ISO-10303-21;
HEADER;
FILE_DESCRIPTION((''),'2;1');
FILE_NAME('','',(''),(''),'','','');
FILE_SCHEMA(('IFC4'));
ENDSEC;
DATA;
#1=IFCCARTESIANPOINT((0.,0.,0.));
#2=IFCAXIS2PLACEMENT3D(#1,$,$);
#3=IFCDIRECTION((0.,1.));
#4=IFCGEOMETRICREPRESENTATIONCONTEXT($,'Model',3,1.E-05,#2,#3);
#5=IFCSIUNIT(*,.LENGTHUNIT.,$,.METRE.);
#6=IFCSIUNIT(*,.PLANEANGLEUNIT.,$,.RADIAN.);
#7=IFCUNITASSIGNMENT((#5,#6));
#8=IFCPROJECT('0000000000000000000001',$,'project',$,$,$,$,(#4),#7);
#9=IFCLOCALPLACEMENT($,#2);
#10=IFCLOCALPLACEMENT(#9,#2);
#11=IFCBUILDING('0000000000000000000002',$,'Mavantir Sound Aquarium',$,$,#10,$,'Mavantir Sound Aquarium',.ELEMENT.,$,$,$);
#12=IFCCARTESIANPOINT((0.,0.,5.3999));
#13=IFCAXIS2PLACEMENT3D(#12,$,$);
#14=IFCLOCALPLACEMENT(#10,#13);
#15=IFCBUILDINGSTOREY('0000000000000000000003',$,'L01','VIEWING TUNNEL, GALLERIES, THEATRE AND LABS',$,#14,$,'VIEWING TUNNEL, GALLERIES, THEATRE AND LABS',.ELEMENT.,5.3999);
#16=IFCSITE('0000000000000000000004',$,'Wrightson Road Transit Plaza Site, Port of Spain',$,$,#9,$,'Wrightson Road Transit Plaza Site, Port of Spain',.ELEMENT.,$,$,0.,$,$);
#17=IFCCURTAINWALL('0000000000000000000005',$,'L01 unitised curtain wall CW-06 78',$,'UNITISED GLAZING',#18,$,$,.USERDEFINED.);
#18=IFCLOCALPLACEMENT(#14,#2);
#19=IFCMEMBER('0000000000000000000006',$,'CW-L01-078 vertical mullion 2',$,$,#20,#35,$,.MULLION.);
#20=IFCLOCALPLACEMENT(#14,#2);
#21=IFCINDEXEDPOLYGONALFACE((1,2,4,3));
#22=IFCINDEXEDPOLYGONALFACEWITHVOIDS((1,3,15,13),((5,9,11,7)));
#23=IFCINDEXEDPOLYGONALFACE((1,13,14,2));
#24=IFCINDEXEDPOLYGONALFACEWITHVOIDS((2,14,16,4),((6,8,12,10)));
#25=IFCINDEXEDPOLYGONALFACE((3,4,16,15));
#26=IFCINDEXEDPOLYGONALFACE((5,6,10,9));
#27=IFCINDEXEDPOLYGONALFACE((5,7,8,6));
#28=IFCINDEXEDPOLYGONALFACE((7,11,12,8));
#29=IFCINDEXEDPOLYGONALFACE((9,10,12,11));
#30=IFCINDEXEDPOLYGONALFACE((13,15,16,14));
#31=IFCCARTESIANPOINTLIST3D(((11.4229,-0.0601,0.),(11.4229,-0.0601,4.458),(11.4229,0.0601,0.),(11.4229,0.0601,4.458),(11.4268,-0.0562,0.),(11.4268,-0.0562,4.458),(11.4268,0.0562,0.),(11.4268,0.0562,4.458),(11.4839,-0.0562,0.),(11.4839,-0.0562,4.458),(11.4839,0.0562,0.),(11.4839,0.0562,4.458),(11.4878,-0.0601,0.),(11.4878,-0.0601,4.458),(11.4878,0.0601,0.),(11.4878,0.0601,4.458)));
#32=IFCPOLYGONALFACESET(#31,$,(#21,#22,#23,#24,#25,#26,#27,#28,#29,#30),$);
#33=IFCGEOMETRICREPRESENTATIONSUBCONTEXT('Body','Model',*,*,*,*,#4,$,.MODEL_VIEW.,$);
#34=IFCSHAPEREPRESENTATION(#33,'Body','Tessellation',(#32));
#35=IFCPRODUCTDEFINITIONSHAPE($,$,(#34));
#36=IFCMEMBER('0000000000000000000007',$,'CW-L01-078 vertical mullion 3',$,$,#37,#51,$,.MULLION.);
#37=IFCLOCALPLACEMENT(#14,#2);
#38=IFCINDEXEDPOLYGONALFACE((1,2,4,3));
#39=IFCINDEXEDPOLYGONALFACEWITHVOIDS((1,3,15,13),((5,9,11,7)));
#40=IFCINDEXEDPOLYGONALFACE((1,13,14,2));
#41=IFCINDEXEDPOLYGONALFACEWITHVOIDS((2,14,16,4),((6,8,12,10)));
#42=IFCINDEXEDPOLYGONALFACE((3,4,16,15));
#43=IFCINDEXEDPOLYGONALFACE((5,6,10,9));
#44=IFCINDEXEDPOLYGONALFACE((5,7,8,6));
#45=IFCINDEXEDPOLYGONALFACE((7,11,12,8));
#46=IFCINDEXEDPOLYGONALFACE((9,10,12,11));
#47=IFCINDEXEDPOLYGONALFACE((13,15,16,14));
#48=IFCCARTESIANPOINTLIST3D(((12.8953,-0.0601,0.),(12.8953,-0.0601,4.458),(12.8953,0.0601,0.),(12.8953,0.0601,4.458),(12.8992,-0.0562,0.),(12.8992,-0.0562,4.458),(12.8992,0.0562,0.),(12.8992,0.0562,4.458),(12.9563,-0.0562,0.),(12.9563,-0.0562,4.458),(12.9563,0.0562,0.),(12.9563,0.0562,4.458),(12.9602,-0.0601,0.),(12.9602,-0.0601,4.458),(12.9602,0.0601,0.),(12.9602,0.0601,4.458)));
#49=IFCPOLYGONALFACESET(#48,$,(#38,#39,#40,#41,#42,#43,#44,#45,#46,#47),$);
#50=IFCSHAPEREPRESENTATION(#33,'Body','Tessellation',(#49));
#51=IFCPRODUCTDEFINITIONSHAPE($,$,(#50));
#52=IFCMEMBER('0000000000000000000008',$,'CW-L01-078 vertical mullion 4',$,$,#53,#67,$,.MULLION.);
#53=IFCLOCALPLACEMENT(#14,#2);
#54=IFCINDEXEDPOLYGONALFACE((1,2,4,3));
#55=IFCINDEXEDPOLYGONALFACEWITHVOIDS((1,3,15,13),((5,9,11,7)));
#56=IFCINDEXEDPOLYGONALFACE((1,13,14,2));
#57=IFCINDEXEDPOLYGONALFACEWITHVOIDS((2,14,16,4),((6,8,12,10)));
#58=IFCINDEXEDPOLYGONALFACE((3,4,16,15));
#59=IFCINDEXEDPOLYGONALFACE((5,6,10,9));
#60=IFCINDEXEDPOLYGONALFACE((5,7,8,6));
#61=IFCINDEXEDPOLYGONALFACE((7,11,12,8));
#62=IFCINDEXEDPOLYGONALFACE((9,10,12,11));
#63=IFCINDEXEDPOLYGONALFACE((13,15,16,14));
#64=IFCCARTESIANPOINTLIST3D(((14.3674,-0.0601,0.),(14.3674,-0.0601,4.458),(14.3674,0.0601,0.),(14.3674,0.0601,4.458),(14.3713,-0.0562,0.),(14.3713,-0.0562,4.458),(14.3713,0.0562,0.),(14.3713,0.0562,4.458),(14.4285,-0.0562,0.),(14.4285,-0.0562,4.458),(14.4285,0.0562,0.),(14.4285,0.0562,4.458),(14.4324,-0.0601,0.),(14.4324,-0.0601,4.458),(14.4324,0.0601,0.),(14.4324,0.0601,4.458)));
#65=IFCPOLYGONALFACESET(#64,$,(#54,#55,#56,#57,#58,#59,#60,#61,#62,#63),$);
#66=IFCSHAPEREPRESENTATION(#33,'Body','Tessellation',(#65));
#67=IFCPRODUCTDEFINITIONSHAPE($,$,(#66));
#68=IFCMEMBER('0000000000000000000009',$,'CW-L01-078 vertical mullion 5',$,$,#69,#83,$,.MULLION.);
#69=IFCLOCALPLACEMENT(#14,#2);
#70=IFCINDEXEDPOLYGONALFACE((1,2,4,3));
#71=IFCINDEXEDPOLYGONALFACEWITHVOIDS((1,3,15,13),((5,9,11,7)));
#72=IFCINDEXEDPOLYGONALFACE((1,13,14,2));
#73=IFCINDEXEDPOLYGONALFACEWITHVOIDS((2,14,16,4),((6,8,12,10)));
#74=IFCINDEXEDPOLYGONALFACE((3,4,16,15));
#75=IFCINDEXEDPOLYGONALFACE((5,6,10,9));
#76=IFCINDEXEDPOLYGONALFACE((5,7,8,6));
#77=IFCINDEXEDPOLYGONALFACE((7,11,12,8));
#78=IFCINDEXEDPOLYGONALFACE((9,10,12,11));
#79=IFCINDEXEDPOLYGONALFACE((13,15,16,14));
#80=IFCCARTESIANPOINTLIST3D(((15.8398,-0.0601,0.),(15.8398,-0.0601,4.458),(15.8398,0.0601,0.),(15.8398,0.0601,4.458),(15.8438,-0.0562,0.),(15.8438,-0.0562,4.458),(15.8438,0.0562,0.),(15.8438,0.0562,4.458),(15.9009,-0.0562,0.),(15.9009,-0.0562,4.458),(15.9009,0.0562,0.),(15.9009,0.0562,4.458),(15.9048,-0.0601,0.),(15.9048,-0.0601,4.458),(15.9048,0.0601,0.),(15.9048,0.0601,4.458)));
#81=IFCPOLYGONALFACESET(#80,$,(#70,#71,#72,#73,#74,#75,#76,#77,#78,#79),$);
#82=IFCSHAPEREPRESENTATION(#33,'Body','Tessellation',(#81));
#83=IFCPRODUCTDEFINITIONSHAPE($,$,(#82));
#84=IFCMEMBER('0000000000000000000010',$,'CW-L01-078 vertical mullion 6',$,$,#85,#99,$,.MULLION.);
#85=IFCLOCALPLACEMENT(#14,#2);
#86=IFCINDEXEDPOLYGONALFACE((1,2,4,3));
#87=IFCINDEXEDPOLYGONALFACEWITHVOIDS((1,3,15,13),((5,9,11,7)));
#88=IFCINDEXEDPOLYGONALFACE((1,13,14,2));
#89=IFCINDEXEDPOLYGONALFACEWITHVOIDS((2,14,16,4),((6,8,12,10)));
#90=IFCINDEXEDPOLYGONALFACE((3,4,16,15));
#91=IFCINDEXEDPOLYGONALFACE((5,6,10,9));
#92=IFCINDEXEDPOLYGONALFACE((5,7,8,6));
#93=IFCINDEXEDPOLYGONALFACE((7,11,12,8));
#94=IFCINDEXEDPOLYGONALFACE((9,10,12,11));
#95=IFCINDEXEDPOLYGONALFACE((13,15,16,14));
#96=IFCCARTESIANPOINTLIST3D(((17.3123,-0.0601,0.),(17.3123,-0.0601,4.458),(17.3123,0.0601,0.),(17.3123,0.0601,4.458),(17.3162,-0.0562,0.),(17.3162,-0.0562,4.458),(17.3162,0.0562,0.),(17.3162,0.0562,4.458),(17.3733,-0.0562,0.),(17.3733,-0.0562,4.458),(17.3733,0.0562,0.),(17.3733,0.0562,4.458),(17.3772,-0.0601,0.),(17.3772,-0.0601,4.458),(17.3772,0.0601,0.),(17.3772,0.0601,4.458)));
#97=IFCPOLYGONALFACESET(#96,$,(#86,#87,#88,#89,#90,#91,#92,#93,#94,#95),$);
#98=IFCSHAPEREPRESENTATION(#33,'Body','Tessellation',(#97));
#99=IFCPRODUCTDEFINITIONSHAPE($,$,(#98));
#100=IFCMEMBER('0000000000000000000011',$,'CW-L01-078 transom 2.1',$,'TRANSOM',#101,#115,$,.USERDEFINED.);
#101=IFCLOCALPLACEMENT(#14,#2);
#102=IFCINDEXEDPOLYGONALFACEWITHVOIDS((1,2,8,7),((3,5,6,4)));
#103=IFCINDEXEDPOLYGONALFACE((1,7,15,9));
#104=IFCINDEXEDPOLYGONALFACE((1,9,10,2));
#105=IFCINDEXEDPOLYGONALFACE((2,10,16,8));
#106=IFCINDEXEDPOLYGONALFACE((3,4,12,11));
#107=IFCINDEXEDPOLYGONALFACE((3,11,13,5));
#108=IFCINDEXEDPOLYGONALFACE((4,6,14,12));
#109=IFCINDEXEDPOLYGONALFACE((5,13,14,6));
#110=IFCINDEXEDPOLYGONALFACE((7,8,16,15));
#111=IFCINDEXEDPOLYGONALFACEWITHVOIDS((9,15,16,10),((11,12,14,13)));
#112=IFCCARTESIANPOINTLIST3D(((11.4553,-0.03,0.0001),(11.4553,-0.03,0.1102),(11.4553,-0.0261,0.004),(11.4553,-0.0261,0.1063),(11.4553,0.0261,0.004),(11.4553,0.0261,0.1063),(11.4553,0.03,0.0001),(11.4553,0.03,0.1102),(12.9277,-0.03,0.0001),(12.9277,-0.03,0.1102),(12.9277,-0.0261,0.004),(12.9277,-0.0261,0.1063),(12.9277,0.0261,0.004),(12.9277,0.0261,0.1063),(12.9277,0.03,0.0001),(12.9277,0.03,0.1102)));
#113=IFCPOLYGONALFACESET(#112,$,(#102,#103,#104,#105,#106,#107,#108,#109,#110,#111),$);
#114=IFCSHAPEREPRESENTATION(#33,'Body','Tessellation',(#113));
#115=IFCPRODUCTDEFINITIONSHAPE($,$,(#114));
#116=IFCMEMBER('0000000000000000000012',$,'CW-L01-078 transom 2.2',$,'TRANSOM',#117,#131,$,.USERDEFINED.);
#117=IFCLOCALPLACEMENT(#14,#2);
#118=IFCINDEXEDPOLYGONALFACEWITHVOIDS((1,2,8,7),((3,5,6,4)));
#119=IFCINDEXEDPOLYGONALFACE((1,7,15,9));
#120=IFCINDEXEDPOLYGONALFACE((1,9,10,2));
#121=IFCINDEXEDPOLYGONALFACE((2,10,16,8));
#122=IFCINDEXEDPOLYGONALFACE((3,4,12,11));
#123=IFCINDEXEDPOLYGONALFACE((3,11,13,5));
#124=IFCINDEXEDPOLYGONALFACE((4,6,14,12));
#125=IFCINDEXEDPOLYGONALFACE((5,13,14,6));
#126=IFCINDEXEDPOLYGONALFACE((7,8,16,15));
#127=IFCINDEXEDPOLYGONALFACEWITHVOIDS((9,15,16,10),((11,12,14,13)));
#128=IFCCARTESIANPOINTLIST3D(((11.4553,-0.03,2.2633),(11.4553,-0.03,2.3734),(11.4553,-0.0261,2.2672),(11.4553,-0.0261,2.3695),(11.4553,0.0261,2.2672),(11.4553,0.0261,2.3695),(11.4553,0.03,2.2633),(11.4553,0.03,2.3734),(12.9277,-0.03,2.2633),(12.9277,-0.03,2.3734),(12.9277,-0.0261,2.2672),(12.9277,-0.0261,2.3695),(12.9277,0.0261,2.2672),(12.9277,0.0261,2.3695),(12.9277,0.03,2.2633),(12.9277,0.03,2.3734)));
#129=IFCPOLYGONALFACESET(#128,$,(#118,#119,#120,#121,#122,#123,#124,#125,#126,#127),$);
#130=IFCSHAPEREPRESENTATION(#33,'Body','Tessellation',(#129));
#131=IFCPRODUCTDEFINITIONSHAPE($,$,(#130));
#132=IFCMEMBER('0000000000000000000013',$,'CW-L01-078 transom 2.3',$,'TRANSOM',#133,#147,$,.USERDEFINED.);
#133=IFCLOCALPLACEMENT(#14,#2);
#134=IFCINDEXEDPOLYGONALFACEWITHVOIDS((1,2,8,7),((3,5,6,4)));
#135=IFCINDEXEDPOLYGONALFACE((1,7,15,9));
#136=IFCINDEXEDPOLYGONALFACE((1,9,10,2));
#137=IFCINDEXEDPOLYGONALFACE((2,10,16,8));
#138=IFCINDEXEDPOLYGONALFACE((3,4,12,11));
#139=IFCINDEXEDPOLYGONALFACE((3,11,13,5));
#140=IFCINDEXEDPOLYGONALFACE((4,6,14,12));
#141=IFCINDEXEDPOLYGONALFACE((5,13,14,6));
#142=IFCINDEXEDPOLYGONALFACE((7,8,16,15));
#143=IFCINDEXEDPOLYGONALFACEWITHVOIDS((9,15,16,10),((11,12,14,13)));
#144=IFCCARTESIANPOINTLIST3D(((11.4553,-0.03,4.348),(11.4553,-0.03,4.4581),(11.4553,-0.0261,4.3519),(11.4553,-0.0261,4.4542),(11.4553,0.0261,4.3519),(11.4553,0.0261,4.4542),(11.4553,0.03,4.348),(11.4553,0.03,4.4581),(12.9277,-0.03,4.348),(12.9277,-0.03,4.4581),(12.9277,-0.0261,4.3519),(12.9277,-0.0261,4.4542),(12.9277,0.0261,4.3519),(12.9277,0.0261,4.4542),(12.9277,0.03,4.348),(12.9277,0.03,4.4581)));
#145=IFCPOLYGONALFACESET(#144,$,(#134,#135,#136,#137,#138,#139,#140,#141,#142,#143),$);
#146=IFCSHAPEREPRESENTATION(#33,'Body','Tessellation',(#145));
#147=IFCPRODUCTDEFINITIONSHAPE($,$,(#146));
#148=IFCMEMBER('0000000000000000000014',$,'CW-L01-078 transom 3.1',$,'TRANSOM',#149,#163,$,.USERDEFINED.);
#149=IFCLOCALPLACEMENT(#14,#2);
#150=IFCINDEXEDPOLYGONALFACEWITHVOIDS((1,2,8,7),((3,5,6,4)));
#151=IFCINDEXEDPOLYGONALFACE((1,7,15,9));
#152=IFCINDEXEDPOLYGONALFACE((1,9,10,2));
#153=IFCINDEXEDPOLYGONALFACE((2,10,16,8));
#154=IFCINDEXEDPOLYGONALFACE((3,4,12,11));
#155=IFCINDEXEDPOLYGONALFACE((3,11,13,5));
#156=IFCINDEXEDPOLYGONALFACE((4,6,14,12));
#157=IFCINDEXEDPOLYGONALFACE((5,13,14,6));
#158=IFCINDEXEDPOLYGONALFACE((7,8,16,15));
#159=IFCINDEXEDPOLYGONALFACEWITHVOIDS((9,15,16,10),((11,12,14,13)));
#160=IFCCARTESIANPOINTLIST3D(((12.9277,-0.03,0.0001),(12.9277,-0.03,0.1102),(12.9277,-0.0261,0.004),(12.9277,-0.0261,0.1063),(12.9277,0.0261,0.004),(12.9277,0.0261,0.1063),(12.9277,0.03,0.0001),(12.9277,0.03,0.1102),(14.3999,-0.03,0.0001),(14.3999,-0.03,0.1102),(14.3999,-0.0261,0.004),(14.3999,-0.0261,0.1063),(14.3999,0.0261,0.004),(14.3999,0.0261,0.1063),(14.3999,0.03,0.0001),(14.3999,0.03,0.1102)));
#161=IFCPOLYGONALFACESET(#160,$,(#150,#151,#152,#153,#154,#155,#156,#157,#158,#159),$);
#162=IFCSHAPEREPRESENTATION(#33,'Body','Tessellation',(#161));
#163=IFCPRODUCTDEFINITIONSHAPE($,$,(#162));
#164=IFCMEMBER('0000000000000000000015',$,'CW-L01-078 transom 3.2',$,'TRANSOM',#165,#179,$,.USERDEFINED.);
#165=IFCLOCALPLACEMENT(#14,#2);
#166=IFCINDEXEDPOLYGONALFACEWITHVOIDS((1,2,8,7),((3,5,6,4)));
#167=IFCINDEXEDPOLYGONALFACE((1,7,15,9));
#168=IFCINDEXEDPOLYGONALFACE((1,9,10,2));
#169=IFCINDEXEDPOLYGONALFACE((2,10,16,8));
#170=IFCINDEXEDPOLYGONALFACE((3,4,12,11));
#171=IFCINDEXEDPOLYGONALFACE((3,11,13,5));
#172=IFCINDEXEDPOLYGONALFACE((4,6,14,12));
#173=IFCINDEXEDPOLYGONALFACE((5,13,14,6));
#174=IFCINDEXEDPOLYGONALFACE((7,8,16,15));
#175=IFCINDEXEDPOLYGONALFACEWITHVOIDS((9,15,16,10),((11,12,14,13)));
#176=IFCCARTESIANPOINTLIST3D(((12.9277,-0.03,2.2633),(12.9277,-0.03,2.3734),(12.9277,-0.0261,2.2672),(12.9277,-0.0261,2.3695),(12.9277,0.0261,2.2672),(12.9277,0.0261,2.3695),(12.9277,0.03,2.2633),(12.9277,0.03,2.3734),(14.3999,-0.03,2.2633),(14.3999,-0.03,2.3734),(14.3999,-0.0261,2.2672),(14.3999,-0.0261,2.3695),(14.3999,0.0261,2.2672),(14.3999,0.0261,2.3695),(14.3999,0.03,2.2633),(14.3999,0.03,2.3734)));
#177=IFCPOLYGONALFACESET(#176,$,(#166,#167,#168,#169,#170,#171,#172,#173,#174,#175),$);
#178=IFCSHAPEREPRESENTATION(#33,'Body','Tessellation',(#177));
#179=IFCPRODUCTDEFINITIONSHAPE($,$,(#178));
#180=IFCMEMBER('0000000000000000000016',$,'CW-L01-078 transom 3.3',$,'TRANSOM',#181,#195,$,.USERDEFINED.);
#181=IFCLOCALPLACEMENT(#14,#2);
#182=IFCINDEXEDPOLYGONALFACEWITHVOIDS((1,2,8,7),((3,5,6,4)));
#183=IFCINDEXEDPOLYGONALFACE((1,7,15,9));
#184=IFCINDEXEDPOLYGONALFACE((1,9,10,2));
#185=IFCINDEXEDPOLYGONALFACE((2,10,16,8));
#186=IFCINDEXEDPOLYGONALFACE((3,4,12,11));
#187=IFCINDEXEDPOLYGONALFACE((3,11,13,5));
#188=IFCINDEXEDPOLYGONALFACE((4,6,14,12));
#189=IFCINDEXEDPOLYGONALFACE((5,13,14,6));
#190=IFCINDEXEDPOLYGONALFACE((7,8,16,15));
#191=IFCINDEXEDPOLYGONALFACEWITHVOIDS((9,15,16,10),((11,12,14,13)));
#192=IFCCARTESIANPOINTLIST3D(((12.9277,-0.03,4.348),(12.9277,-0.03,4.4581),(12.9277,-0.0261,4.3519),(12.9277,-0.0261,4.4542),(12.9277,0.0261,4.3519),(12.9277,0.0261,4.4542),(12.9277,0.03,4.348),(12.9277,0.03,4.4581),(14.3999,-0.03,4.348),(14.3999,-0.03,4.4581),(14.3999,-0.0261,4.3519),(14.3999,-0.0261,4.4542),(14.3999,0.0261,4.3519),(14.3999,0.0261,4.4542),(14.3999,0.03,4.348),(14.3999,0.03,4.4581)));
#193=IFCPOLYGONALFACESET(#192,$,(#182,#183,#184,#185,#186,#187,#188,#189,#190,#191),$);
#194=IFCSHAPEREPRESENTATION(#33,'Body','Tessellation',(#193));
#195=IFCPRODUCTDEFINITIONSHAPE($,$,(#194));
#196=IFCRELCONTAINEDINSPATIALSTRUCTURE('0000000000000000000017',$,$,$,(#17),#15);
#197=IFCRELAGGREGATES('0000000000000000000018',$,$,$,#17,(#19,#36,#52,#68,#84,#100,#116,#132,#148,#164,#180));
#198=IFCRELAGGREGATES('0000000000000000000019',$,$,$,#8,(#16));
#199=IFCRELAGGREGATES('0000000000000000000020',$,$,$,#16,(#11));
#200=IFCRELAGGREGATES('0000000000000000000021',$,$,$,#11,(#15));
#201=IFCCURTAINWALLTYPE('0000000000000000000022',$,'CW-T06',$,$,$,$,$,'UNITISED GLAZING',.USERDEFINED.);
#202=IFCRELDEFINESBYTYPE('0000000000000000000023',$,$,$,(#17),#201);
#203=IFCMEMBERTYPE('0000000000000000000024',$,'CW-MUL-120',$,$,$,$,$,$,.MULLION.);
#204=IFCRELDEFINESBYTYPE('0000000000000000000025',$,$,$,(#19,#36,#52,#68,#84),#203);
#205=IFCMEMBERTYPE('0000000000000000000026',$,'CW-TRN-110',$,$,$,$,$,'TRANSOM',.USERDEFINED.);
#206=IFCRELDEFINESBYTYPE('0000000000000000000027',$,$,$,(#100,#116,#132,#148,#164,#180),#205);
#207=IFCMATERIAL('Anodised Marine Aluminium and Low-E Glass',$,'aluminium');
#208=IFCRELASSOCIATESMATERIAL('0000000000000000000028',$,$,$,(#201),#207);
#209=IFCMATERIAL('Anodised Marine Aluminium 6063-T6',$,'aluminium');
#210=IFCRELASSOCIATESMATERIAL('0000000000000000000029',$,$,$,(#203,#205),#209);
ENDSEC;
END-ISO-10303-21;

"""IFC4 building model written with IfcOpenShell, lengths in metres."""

from ifc_helpers import new_model, si_unit, direction, frame, origin, origin_2d, place, context, subcontext, project, spatial, hollow_rectangle, extrude, material, material_profile, profile_set, type_object, element, aggregate, save


model = new_model("IFC4")

# Units and contexts
model_context = context("Model", 3, precision=1e-05, world=origin(), true_north=direction((0.0, 1.0)))
body_context = subcontext(model_context, "Body", "Model", "MODEL_VIEW")
ifc_project = project(units=[si_unit("LENGTHUNIT", "METRE"), si_unit("PLANEANGLEUNIT", "RADIAN")], contexts=[model_context])

# Site, building, storey
site_placement = place(None, origin())
site = spatial("IfcSite", under=ifc_project, at=site_placement, Name="Wrightson Road Transit Plaza Site, Port of Spain", LongName="Wrightson Road Transit Plaza Site, Port of Spain", CompositionType="ELEMENT", RefElevation=0.0)
building_placement = place(site_placement, origin())
building = spatial("IfcBuilding", under=site, at=building_placement, Name="Mavantir Sound Aquarium", LongName="Mavantir Sound Aquarium", CompositionType="ELEMENT")
storey_placement = place(building_placement, frame((0.0, 0.0, 5.3999)))
storey = spatial("IfcBuildingStorey", under=building, at=storey_placement, Name="L01", Description="VIEWING TUNNEL, GALLERIES, THEATRE AND LABS", LongName="VIEWING TUNNEL, GALLERIES, THEATRE AND LABS", CompositionType="ELEMENT", Elevation=5.3999)

# Curtain wall, members
ifc_material_1 = material(Name="Anodised Marine Aluminium and Low-E Glass", Category="aluminium")
curtain_wall_type = type_object("IfcCurtainWallType", Name="CW-T06", ElementType="UNITISED GLAZING", PredefinedType="USERDEFINED", material=ifc_material_1)
curtain_wall_placement = place(storey_placement, origin())
curtain_wall = element("IfcCurtainWall", 1, at=curtain_wall_placement, inside=storey, type_object=curtain_wall_type, Name="L01 unitised curtain wall CW-06 78", ObjectType="UNITISED GLAZING", PredefinedType="USERDEFINED")
ifc_material_2 = material(Name="Anodised Marine Aluminium 6063-T6", Category="aluminium")
ifc_material_profile_1 = material_profile(ifc_material_2, hollow_rectangle(XDim=0.0649, YDim=0.1201, WallThickness=0.0039, at=origin_2d()), Name="ALU-MULLION-120X65")
ifc_profile_set_1 = profile_set([ifc_material_profile_1], Name="Anodised Marine Aluminium 6063-T6")
member_type_1 = type_object("IfcMemberType", Name="CW-MUL-120", PredefinedType="MULLION", material=ifc_profile_set_1)
member_1_placement = place(storey_placement, frame((11.4553, 0.0, 0.0), z_axis=(0.0, 0.0, 1.0), x_axis=(1.0, 0.0, 0.0)))
member_1 = element("IfcMember", 2, at=member_1_placement, type_object=member_type_1, Name="CW-L01-078 vertical mullion 2", PredefinedType="MULLION", context=body_context, shape_type="SweptSolid", body=[
    extrude(hollow_rectangle(XDim=0.0649, YDim=0.1201, WallThickness=0.0039, at=origin_2d()), origin(), (0.0, 0.0, 1.0), 4.458),
])
member_2_placement = place(storey_placement, frame((12.9277, 0.0, 0.0), z_axis=(0.0, 0.0, 1.0), x_axis=(1.0, 0.0, 0.0)))
member_2 = element("IfcMember", 3, at=member_2_placement, type_object=member_type_1, Name="CW-L01-078 vertical mullion 3", PredefinedType="MULLION", context=body_context, shape_type="SweptSolid", body=[
    extrude(hollow_rectangle(XDim=0.0649, YDim=0.1201, WallThickness=0.0039, at=origin_2d()), origin(), (0.0, 0.0, 1.0), 4.458),
])
member_3_placement = place(storey_placement, frame((14.3999, 0.0, 0.0), z_axis=(0.0, 0.0, 1.0), x_axis=(1.0, 0.0, 0.0)))
member_3 = element("IfcMember", 4, at=member_3_placement, type_object=member_type_1, Name="CW-L01-078 vertical mullion 4", PredefinedType="MULLION", context=body_context, shape_type="SweptSolid", body=[
    extrude(hollow_rectangle(XDim=0.0649, YDim=0.1201, WallThickness=0.0039, at=origin_2d()), origin(), (0.0, 0.0, 1.0), 4.458),
])
member_4_placement = place(storey_placement, frame((15.8723, 0.0, 0.0), z_axis=(0.0, 0.0, 1.0), x_axis=(1.0, 0.0, 0.0)))
member_4 = element("IfcMember", 5, at=member_4_placement, type_object=member_type_1, Name="CW-L01-078 vertical mullion 5", PredefinedType="MULLION", context=body_context, shape_type="SweptSolid", body=[
    extrude(hollow_rectangle(XDim=0.0649, YDim=0.1201, WallThickness=0.0039, at=origin_2d()), origin(), (0.0, 0.0, 1.0), 4.458),
])
member_5_placement = place(storey_placement, frame((17.3447, 0.0, 0.0), z_axis=(0.0, 0.0, 1.0), x_axis=(1.0, 0.0, 0.0)))
member_5 = element("IfcMember", 6, at=member_5_placement, type_object=member_type_1, Name="CW-L01-078 vertical mullion 6", PredefinedType="MULLION", context=body_context, shape_type="SweptSolid", body=[
    extrude(hollow_rectangle(XDim=0.0649, YDim=0.1201, WallThickness=0.0039, at=origin_2d()), origin(), (0.0, 0.0, 1.0), 4.458),
])
ifc_material_profile_2 = material_profile(ifc_material_2, hollow_rectangle(XDim=0.0601, YDim=0.1101, WallThickness=0.0039, at=origin_2d()), Name="ALU-TRANSOM-110X60")
ifc_profile_set_2 = profile_set([ifc_material_profile_2], Name="Anodised Marine Aluminium 6063-T6")
member_type_2 = type_object("IfcMemberType", Name="CW-TRN-110", ElementType="TRANSOM", PredefinedType="USERDEFINED", material=ifc_profile_set_2)
member_6_placement = place(storey_placement, frame((11.4553, 0.0, 0.0552), z_axis=(1.0, 0.0, 0.0), x_axis=(0.0, 1.0, 0.0)))
member_6 = element("IfcMember", 7, at=member_6_placement, type_object=member_type_2, Name="CW-L01-078 transom 2.1", ObjectType="TRANSOM", PredefinedType="USERDEFINED", context=body_context, shape_type="SweptSolid", body=[
    extrude(hollow_rectangle(XDim=0.0601, YDim=0.1101, WallThickness=0.0039, at=origin_2d()), origin(), (0.0, 0.0, 1.0), 1.4724),
])
member_7_placement = place(storey_placement, frame((11.4553, 0.0, 2.3184), z_axis=(1.0, 0.0, 0.0), x_axis=(0.0, 1.0, 0.0)))
member_7 = element("IfcMember", 8, at=member_7_placement, type_object=member_type_2, Name="CW-L01-078 transom 2.2", ObjectType="TRANSOM", PredefinedType="USERDEFINED", context=body_context, shape_type="SweptSolid", body=[
    extrude(hollow_rectangle(XDim=0.0601, YDim=0.1101, WallThickness=0.0039, at=origin_2d()), origin(), (0.0, 0.0, 1.0), 1.4724),
])
member_8_placement = place(storey_placement, frame((11.4553, 0.0, 4.4031), z_axis=(1.0, 0.0, 0.0), x_axis=(0.0, 1.0, 0.0)))
member_8 = element("IfcMember", 9, at=member_8_placement, type_object=member_type_2, Name="CW-L01-078 transom 2.3", ObjectType="TRANSOM", PredefinedType="USERDEFINED", context=body_context, shape_type="SweptSolid", body=[
    extrude(hollow_rectangle(XDim=0.0601, YDim=0.1101, WallThickness=0.0039, at=origin_2d()), origin(), (0.0, 0.0, 1.0), 1.4724),
])
member_9_placement = place(storey_placement, frame((12.9277, 0.0, 0.0552), z_axis=(1.0, 0.0, 0.0), x_axis=(0.0, 1.0, 0.0)))
member_9 = element("IfcMember", 10, at=member_9_placement, type_object=member_type_2, Name="CW-L01-078 transom 3.1", ObjectType="TRANSOM", PredefinedType="USERDEFINED", context=body_context, shape_type="SweptSolid", body=[
    extrude(hollow_rectangle(XDim=0.0601, YDim=0.1101, WallThickness=0.0039, at=origin_2d()), origin(), (0.0, 0.0, 1.0), 1.4722),
])
member_10_placement = place(storey_placement, frame((12.9277, 0.0, 2.3184), z_axis=(1.0, 0.0, 0.0), x_axis=(0.0, 1.0, 0.0)))
member_10 = element("IfcMember", 11, at=member_10_placement, type_object=member_type_2, Name="CW-L01-078 transom 3.2", ObjectType="TRANSOM", PredefinedType="USERDEFINED", context=body_context, shape_type="SweptSolid", body=[
    extrude(hollow_rectangle(XDim=0.0601, YDim=0.1101, WallThickness=0.0039, at=origin_2d()), origin(), (0.0, 0.0, 1.0), 1.4722),
])
member_11_placement = place(storey_placement, frame((12.9277, 0.0, 4.4031), z_axis=(1.0, 0.0, 0.0), x_axis=(0.0, 1.0, 0.0)))
member_11 = element("IfcMember", 12, at=member_11_placement, type_object=member_type_2, Name="CW-L01-078 transom 3.3", ObjectType="TRANSOM", PredefinedType="USERDEFINED", context=body_context, shape_type="SweptSolid", body=[
    extrude(hollow_rectangle(XDim=0.0601, YDim=0.1101, WallThickness=0.0039, at=origin_2d()), origin(), (0.0, 0.0, 1.0), 1.4722),
])
aggregate(curtain_wall, [member_1, member_2, member_3, member_4, member_5, member_6, member_7, member_8, member_9, member_10, member_11])

save(model, "model.ifc")
